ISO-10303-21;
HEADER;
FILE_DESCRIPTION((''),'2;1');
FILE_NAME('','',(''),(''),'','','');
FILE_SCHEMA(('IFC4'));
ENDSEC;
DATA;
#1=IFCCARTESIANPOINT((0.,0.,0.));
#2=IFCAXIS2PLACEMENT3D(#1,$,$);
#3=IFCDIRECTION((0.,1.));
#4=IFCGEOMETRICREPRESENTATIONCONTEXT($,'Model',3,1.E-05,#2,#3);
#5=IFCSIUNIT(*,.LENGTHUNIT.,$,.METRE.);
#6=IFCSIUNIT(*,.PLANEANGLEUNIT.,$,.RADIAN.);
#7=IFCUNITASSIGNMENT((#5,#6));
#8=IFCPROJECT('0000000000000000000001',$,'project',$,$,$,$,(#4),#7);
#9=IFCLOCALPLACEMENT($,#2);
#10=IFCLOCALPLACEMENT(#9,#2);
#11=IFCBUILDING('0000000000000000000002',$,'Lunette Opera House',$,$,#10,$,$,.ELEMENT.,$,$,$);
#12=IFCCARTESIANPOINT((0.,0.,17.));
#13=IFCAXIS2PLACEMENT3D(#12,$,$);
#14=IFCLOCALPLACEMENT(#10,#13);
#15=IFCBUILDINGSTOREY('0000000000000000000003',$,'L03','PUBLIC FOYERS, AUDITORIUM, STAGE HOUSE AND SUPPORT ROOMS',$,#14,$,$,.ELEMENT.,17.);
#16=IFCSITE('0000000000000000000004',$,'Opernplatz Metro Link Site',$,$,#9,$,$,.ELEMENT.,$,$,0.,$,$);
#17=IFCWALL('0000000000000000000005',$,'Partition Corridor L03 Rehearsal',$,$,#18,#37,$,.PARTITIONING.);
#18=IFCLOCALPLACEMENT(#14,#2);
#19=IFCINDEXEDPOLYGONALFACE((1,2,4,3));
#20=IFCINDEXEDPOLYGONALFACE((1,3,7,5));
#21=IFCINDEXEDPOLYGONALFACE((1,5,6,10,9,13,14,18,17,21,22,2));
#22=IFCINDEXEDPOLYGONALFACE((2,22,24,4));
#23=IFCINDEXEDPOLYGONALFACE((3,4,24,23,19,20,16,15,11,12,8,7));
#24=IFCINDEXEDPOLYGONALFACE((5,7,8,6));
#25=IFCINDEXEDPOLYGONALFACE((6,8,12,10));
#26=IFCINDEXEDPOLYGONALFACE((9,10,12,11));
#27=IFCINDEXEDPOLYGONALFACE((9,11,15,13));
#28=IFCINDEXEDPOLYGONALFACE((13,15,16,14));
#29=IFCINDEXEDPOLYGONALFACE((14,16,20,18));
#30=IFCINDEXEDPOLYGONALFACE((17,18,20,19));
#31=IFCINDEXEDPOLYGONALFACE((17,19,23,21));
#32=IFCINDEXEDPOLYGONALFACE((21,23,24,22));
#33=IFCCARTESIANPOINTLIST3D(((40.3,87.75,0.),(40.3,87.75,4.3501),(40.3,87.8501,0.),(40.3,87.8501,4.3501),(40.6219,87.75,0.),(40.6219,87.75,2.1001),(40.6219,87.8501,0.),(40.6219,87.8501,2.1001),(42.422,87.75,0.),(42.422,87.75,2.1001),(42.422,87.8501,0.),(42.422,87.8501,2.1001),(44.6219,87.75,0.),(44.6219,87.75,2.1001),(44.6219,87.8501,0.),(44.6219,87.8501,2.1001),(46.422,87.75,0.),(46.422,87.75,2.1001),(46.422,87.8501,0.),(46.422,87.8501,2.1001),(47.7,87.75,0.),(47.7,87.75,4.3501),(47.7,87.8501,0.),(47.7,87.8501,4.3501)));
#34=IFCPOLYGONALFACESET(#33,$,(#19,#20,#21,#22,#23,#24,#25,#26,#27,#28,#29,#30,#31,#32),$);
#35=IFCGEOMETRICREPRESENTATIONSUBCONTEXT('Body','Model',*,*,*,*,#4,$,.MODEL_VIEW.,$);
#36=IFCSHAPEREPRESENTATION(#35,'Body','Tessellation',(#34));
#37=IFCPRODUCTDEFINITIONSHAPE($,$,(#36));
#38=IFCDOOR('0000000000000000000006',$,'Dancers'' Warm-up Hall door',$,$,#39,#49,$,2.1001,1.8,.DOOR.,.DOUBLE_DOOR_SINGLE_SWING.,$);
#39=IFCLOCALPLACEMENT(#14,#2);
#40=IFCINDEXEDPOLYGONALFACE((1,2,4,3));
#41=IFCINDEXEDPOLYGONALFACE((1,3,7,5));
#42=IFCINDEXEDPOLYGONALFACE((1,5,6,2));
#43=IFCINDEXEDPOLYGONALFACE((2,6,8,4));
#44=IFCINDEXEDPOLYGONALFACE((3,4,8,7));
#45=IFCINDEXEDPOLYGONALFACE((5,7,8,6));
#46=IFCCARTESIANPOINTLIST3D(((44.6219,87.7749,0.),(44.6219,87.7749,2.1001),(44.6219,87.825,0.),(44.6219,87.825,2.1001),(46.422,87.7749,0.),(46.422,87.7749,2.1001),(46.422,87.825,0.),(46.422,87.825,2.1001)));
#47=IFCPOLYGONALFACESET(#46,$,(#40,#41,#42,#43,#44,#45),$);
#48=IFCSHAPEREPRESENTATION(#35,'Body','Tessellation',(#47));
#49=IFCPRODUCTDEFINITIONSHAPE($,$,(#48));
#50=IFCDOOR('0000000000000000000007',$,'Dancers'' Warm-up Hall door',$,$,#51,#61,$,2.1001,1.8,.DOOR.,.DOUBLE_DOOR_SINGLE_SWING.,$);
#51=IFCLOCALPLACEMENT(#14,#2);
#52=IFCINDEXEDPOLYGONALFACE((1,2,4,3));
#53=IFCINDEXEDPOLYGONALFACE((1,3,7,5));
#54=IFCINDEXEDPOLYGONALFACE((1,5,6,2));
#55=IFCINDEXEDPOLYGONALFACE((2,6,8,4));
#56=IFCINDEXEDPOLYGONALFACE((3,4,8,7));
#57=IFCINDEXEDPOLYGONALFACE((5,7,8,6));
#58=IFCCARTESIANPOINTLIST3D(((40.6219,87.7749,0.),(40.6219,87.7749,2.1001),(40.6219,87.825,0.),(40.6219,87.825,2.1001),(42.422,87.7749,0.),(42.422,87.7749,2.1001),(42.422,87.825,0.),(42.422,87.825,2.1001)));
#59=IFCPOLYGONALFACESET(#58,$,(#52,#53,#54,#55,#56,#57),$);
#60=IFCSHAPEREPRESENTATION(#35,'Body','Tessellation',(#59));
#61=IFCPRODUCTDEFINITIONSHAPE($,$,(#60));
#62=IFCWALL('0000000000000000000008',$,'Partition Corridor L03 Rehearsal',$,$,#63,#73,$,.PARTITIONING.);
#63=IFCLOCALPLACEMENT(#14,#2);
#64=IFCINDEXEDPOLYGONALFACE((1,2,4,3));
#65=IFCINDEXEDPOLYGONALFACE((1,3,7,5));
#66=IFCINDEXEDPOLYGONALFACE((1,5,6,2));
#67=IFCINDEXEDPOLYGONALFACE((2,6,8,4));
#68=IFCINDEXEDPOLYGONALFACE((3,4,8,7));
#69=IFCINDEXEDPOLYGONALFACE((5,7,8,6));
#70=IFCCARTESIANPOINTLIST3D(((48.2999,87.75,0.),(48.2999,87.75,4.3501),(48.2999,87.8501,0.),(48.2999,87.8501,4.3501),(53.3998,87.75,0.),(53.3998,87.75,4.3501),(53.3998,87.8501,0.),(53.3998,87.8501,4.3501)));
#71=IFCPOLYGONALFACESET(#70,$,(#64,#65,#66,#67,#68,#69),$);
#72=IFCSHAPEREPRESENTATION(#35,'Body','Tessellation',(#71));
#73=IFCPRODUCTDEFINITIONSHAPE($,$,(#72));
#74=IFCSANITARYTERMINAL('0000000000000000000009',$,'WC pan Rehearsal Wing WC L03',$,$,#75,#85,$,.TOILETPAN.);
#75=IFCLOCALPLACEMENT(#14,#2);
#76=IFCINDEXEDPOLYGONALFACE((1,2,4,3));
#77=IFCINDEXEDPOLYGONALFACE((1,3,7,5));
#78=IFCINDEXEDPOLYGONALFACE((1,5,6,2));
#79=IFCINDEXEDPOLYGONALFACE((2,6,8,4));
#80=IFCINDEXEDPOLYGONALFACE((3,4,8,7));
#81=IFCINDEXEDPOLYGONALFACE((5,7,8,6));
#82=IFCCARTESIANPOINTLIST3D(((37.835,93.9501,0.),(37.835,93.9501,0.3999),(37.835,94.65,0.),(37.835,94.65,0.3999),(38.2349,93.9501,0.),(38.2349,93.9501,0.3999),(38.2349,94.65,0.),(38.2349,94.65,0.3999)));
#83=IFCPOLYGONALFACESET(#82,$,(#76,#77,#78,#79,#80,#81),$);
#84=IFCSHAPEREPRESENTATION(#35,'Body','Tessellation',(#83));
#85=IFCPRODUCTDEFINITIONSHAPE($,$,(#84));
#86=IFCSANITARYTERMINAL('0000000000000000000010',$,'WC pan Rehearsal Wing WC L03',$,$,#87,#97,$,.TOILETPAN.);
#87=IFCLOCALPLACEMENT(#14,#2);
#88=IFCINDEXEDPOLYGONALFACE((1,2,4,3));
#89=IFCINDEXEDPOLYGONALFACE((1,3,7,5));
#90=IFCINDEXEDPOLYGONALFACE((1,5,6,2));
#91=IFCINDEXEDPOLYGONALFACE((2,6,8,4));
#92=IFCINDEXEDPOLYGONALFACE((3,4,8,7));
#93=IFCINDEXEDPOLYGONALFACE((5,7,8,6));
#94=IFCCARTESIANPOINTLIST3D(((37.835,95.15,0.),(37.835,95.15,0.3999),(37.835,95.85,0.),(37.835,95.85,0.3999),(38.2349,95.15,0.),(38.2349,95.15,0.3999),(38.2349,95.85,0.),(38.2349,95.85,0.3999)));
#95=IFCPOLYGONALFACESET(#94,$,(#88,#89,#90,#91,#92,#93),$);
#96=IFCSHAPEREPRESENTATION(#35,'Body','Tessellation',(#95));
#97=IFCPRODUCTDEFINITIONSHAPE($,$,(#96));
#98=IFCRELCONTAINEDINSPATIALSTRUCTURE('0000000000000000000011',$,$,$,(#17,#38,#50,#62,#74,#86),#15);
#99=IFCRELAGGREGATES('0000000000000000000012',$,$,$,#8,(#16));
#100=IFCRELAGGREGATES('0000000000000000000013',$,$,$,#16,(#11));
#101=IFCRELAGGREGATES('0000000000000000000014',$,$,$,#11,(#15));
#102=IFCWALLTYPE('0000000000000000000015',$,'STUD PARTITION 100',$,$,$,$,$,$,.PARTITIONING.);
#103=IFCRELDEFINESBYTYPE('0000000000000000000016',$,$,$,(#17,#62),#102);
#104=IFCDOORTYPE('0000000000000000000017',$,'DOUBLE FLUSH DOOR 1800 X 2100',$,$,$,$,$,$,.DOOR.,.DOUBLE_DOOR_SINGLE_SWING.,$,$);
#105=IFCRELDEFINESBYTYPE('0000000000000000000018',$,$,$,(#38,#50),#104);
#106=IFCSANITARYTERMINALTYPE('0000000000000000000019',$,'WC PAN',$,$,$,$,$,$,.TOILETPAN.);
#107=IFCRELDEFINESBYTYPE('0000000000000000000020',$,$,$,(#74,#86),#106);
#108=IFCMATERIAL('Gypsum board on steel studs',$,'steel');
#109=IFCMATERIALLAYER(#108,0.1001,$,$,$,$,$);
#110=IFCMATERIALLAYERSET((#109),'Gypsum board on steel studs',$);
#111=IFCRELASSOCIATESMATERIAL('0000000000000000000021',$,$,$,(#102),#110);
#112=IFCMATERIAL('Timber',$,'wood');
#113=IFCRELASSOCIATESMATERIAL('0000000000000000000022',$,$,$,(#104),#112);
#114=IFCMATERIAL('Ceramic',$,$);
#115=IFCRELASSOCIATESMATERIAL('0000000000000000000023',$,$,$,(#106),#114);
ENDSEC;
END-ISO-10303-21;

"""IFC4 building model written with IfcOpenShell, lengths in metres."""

from ifc_helpers import new_model, si_unit, direction, frame, frame_2d, origin, origin_2d, place, context, subcontext, project, spatial, rectangle, extrude, material, layer, layer_set, type_object, element, fill, save


model = new_model("IFC4")

# Units and contexts
model_context = context("Model", 3, precision=1e-05, world=origin(), true_north=direction((0.0, 1.0)))
body_context = subcontext(model_context, "Body", "Model", "MODEL_VIEW")
ifc_project = project(units=[si_unit("LENGTHUNIT", "METRE"), si_unit("PLANEANGLEUNIT", "RADIAN")], contexts=[model_context])

# Site, building, storey
site_placement = place(None, origin())
site = spatial("IfcSite", under=ifc_project, at=site_placement, Name="Opernplatz Metro Link Site", CompositionType="ELEMENT", RefElevation=0.0)
building_placement = place(site_placement, origin())
building = spatial("IfcBuilding", under=site, at=building_placement, Name="Lunette Opera House", CompositionType="ELEMENT")
storey_placement = place(building_placement, frame((0.0, 0.0, 17.0)))
storey = spatial("IfcBuildingStorey", under=building, at=storey_placement, Name="L03", Description="PUBLIC FOYERS, AUDITORIUM, STAGE HOUSE AND SUPPORT ROOMS", CompositionType="ELEMENT", Elevation=17.0)

# Wall, openings, doors
ifc_material_1 = material(Name="Gypsum board on steel studs", Category="steel")
ifc_layer_1 = layer(ifc_material_1, 0.1001)
ifc_layer_set_1 = layer_set([ifc_layer_1], Name="Gypsum board on steel studs")
wall_type_1 = type_object("IfcWallType", Name="STUD PARTITION 100", PredefinedType="PARTITIONING", material=ifc_layer_set_1)
wall_1_placement = place(storey_placement, frame((40.3, 87.8, 0.0), z_axis=(0.0, 0.0, 1.0), x_axis=(1.0, 0.0, 0.0)))
wall_1 = element("IfcWall", 1, at=wall_1_placement, inside=storey, type_object=wall_type_1, Name="Partition Corridor L03 Rehearsal", PredefinedType="PARTITIONING", context=body_context, shape_type="SweptSolid", body=[
    extrude(rectangle(XDim=7.3999, YDim=0.1001, at=frame_2d((3.7, 0.0))), origin(), (0.0, 0.0, 1.0), 4.3501),
])
opening_1_placement = place(wall_1_placement, frame((4.322, 0.0, 0.0)))
opening_1 = element("IfcOpeningElement", 2, at=opening_1_placement, cuts=wall_1, PredefinedType="OPENING", context=body_context, shape_type="SweptSolid", body=[
    extrude(rectangle(XDim=1.8, YDim=2.1001, at=frame_2d((0.8999, 1.05))), frame((0.0, 0.062, 0.0), z_axis=(0.0, -1.0, 0.0), x_axis=(1.0, 0.0, 0.0)), (0.0, 0.0, 1.0), 0.124),
])
opening_2_placement = place(wall_1_placement, frame((0.322, 0.0, 0.0)))
opening_2 = element("IfcOpeningElement", 3, at=opening_2_placement, cuts=wall_1, PredefinedType="OPENING", context=body_context, shape_type="SweptSolid", body=[
    extrude(rectangle(XDim=1.8, YDim=2.1001, at=frame_2d((0.8999, 1.05))), frame((0.0, 0.062, 0.0), z_axis=(0.0, -1.0, 0.0), x_axis=(1.0, 0.0, 0.0)), (0.0, 0.0, 1.0), 0.124),
])
ifc_material_2 = material(Name="Timber", Category="wood")
door_type_1 = type_object("IfcDoorType", Name="DOUBLE FLUSH DOOR 1800 X 2100", OperationType="DOUBLE_DOOR_SINGLE_SWING", PredefinedType="DOOR", material=ifc_material_2)
door_1_placement = place(opening_1_placement, origin())
door_1 = element("IfcDoor", 4, at=door_1_placement, inside=storey, type_object=door_type_1, Name="Dancers' Warm-up Hall door", OperationType="DOUBLE_DOOR_SINGLE_SWING", OverallHeight=2.1001, OverallWidth=1.8, PredefinedType="DOOR", context=body_context, shape_type="SweptSolid", body=[
    extrude(rectangle(XDim=1.8, YDim=2.1001, at=frame_2d((0.8999, 1.05))), frame((0.0, 0.0249, 0.0), z_axis=(0.0, -1.0, 0.0), x_axis=(1.0, 0.0, 0.0)), (0.0, 0.0, 1.0), 0.05),
])
fill(opening_1, door_1)
door_2_placement = place(opening_2_placement, origin())
door_2 = element("IfcDoor", 5, at=door_2_placement, inside=storey, type_object=door_type_1, Name="Dancers' Warm-up Hall door", OperationType="DOUBLE_DOOR_SINGLE_SWING", OverallHeight=2.1001, OverallWidth=1.8, PredefinedType="DOOR", context=body_context, shape_type="SweptSolid", body=[
    extrude(rectangle(XDim=1.8, YDim=2.1001, at=frame_2d((0.8999, 1.05))), frame((0.0, 0.0249, 0.0), z_axis=(0.0, -1.0, 0.0), x_axis=(1.0, 0.0, 0.0)), (0.0, 0.0, 1.0), 0.05),
])
fill(opening_2, door_2)

# Wall
wall_2_placement = place(storey_placement, frame((48.3, 87.8, 0.0), z_axis=(0.0, 0.0, 1.0), x_axis=(1.0, 0.0, 0.0)))
element("IfcWall", 6, at=wall_2_placement, inside=storey, type_object=wall_type_1, Name="Partition Corridor L03 Rehearsal", PredefinedType="PARTITIONING", context=body_context, shape_type="SweptSolid", body=[
    extrude(rectangle(XDim=5.0999, YDim=0.1001, at=frame_2d((2.5498, 0.0))), origin(), (0.0, 0.0, 1.0), 4.3501),
])

# Sanitary terminals
ifc_material_3 = material(Name="Ceramic")
sanitary_terminal_type = type_object("IfcSanitaryTerminalType", Name="WC PAN", PredefinedType="TOILETPAN", material=ifc_material_3)
for number, where, z_axis, x_axis, name in (
    (7, (38.0349, 94.3, 0.0), (0.0, 0.0, 1.0), (1.0, 0.0, 0.0), "WC pan Rehearsal Wing WC L03"),
    (8, (38.0349, 95.5, 0.0), (0.0, 0.0, 1.0), (1.0, 0.0, 0.0), "WC pan Rehearsal Wing WC L03"),
):
    element("IfcSanitaryTerminal", number, at=place(storey_placement, frame(where, z_axis=z_axis, x_axis=x_axis)), inside=storey, type_object=sanitary_terminal_type, Name=name, PredefinedType="TOILETPAN", context=body_context, shape_type="SweptSolid", body=[
        extrude(rectangle(XDim=0.3999, YDim=0.7, at=origin_2d()), origin(), (0.0, 0.0, 1.0), 0.3999),
    ])

save(model, "model.ifc")
